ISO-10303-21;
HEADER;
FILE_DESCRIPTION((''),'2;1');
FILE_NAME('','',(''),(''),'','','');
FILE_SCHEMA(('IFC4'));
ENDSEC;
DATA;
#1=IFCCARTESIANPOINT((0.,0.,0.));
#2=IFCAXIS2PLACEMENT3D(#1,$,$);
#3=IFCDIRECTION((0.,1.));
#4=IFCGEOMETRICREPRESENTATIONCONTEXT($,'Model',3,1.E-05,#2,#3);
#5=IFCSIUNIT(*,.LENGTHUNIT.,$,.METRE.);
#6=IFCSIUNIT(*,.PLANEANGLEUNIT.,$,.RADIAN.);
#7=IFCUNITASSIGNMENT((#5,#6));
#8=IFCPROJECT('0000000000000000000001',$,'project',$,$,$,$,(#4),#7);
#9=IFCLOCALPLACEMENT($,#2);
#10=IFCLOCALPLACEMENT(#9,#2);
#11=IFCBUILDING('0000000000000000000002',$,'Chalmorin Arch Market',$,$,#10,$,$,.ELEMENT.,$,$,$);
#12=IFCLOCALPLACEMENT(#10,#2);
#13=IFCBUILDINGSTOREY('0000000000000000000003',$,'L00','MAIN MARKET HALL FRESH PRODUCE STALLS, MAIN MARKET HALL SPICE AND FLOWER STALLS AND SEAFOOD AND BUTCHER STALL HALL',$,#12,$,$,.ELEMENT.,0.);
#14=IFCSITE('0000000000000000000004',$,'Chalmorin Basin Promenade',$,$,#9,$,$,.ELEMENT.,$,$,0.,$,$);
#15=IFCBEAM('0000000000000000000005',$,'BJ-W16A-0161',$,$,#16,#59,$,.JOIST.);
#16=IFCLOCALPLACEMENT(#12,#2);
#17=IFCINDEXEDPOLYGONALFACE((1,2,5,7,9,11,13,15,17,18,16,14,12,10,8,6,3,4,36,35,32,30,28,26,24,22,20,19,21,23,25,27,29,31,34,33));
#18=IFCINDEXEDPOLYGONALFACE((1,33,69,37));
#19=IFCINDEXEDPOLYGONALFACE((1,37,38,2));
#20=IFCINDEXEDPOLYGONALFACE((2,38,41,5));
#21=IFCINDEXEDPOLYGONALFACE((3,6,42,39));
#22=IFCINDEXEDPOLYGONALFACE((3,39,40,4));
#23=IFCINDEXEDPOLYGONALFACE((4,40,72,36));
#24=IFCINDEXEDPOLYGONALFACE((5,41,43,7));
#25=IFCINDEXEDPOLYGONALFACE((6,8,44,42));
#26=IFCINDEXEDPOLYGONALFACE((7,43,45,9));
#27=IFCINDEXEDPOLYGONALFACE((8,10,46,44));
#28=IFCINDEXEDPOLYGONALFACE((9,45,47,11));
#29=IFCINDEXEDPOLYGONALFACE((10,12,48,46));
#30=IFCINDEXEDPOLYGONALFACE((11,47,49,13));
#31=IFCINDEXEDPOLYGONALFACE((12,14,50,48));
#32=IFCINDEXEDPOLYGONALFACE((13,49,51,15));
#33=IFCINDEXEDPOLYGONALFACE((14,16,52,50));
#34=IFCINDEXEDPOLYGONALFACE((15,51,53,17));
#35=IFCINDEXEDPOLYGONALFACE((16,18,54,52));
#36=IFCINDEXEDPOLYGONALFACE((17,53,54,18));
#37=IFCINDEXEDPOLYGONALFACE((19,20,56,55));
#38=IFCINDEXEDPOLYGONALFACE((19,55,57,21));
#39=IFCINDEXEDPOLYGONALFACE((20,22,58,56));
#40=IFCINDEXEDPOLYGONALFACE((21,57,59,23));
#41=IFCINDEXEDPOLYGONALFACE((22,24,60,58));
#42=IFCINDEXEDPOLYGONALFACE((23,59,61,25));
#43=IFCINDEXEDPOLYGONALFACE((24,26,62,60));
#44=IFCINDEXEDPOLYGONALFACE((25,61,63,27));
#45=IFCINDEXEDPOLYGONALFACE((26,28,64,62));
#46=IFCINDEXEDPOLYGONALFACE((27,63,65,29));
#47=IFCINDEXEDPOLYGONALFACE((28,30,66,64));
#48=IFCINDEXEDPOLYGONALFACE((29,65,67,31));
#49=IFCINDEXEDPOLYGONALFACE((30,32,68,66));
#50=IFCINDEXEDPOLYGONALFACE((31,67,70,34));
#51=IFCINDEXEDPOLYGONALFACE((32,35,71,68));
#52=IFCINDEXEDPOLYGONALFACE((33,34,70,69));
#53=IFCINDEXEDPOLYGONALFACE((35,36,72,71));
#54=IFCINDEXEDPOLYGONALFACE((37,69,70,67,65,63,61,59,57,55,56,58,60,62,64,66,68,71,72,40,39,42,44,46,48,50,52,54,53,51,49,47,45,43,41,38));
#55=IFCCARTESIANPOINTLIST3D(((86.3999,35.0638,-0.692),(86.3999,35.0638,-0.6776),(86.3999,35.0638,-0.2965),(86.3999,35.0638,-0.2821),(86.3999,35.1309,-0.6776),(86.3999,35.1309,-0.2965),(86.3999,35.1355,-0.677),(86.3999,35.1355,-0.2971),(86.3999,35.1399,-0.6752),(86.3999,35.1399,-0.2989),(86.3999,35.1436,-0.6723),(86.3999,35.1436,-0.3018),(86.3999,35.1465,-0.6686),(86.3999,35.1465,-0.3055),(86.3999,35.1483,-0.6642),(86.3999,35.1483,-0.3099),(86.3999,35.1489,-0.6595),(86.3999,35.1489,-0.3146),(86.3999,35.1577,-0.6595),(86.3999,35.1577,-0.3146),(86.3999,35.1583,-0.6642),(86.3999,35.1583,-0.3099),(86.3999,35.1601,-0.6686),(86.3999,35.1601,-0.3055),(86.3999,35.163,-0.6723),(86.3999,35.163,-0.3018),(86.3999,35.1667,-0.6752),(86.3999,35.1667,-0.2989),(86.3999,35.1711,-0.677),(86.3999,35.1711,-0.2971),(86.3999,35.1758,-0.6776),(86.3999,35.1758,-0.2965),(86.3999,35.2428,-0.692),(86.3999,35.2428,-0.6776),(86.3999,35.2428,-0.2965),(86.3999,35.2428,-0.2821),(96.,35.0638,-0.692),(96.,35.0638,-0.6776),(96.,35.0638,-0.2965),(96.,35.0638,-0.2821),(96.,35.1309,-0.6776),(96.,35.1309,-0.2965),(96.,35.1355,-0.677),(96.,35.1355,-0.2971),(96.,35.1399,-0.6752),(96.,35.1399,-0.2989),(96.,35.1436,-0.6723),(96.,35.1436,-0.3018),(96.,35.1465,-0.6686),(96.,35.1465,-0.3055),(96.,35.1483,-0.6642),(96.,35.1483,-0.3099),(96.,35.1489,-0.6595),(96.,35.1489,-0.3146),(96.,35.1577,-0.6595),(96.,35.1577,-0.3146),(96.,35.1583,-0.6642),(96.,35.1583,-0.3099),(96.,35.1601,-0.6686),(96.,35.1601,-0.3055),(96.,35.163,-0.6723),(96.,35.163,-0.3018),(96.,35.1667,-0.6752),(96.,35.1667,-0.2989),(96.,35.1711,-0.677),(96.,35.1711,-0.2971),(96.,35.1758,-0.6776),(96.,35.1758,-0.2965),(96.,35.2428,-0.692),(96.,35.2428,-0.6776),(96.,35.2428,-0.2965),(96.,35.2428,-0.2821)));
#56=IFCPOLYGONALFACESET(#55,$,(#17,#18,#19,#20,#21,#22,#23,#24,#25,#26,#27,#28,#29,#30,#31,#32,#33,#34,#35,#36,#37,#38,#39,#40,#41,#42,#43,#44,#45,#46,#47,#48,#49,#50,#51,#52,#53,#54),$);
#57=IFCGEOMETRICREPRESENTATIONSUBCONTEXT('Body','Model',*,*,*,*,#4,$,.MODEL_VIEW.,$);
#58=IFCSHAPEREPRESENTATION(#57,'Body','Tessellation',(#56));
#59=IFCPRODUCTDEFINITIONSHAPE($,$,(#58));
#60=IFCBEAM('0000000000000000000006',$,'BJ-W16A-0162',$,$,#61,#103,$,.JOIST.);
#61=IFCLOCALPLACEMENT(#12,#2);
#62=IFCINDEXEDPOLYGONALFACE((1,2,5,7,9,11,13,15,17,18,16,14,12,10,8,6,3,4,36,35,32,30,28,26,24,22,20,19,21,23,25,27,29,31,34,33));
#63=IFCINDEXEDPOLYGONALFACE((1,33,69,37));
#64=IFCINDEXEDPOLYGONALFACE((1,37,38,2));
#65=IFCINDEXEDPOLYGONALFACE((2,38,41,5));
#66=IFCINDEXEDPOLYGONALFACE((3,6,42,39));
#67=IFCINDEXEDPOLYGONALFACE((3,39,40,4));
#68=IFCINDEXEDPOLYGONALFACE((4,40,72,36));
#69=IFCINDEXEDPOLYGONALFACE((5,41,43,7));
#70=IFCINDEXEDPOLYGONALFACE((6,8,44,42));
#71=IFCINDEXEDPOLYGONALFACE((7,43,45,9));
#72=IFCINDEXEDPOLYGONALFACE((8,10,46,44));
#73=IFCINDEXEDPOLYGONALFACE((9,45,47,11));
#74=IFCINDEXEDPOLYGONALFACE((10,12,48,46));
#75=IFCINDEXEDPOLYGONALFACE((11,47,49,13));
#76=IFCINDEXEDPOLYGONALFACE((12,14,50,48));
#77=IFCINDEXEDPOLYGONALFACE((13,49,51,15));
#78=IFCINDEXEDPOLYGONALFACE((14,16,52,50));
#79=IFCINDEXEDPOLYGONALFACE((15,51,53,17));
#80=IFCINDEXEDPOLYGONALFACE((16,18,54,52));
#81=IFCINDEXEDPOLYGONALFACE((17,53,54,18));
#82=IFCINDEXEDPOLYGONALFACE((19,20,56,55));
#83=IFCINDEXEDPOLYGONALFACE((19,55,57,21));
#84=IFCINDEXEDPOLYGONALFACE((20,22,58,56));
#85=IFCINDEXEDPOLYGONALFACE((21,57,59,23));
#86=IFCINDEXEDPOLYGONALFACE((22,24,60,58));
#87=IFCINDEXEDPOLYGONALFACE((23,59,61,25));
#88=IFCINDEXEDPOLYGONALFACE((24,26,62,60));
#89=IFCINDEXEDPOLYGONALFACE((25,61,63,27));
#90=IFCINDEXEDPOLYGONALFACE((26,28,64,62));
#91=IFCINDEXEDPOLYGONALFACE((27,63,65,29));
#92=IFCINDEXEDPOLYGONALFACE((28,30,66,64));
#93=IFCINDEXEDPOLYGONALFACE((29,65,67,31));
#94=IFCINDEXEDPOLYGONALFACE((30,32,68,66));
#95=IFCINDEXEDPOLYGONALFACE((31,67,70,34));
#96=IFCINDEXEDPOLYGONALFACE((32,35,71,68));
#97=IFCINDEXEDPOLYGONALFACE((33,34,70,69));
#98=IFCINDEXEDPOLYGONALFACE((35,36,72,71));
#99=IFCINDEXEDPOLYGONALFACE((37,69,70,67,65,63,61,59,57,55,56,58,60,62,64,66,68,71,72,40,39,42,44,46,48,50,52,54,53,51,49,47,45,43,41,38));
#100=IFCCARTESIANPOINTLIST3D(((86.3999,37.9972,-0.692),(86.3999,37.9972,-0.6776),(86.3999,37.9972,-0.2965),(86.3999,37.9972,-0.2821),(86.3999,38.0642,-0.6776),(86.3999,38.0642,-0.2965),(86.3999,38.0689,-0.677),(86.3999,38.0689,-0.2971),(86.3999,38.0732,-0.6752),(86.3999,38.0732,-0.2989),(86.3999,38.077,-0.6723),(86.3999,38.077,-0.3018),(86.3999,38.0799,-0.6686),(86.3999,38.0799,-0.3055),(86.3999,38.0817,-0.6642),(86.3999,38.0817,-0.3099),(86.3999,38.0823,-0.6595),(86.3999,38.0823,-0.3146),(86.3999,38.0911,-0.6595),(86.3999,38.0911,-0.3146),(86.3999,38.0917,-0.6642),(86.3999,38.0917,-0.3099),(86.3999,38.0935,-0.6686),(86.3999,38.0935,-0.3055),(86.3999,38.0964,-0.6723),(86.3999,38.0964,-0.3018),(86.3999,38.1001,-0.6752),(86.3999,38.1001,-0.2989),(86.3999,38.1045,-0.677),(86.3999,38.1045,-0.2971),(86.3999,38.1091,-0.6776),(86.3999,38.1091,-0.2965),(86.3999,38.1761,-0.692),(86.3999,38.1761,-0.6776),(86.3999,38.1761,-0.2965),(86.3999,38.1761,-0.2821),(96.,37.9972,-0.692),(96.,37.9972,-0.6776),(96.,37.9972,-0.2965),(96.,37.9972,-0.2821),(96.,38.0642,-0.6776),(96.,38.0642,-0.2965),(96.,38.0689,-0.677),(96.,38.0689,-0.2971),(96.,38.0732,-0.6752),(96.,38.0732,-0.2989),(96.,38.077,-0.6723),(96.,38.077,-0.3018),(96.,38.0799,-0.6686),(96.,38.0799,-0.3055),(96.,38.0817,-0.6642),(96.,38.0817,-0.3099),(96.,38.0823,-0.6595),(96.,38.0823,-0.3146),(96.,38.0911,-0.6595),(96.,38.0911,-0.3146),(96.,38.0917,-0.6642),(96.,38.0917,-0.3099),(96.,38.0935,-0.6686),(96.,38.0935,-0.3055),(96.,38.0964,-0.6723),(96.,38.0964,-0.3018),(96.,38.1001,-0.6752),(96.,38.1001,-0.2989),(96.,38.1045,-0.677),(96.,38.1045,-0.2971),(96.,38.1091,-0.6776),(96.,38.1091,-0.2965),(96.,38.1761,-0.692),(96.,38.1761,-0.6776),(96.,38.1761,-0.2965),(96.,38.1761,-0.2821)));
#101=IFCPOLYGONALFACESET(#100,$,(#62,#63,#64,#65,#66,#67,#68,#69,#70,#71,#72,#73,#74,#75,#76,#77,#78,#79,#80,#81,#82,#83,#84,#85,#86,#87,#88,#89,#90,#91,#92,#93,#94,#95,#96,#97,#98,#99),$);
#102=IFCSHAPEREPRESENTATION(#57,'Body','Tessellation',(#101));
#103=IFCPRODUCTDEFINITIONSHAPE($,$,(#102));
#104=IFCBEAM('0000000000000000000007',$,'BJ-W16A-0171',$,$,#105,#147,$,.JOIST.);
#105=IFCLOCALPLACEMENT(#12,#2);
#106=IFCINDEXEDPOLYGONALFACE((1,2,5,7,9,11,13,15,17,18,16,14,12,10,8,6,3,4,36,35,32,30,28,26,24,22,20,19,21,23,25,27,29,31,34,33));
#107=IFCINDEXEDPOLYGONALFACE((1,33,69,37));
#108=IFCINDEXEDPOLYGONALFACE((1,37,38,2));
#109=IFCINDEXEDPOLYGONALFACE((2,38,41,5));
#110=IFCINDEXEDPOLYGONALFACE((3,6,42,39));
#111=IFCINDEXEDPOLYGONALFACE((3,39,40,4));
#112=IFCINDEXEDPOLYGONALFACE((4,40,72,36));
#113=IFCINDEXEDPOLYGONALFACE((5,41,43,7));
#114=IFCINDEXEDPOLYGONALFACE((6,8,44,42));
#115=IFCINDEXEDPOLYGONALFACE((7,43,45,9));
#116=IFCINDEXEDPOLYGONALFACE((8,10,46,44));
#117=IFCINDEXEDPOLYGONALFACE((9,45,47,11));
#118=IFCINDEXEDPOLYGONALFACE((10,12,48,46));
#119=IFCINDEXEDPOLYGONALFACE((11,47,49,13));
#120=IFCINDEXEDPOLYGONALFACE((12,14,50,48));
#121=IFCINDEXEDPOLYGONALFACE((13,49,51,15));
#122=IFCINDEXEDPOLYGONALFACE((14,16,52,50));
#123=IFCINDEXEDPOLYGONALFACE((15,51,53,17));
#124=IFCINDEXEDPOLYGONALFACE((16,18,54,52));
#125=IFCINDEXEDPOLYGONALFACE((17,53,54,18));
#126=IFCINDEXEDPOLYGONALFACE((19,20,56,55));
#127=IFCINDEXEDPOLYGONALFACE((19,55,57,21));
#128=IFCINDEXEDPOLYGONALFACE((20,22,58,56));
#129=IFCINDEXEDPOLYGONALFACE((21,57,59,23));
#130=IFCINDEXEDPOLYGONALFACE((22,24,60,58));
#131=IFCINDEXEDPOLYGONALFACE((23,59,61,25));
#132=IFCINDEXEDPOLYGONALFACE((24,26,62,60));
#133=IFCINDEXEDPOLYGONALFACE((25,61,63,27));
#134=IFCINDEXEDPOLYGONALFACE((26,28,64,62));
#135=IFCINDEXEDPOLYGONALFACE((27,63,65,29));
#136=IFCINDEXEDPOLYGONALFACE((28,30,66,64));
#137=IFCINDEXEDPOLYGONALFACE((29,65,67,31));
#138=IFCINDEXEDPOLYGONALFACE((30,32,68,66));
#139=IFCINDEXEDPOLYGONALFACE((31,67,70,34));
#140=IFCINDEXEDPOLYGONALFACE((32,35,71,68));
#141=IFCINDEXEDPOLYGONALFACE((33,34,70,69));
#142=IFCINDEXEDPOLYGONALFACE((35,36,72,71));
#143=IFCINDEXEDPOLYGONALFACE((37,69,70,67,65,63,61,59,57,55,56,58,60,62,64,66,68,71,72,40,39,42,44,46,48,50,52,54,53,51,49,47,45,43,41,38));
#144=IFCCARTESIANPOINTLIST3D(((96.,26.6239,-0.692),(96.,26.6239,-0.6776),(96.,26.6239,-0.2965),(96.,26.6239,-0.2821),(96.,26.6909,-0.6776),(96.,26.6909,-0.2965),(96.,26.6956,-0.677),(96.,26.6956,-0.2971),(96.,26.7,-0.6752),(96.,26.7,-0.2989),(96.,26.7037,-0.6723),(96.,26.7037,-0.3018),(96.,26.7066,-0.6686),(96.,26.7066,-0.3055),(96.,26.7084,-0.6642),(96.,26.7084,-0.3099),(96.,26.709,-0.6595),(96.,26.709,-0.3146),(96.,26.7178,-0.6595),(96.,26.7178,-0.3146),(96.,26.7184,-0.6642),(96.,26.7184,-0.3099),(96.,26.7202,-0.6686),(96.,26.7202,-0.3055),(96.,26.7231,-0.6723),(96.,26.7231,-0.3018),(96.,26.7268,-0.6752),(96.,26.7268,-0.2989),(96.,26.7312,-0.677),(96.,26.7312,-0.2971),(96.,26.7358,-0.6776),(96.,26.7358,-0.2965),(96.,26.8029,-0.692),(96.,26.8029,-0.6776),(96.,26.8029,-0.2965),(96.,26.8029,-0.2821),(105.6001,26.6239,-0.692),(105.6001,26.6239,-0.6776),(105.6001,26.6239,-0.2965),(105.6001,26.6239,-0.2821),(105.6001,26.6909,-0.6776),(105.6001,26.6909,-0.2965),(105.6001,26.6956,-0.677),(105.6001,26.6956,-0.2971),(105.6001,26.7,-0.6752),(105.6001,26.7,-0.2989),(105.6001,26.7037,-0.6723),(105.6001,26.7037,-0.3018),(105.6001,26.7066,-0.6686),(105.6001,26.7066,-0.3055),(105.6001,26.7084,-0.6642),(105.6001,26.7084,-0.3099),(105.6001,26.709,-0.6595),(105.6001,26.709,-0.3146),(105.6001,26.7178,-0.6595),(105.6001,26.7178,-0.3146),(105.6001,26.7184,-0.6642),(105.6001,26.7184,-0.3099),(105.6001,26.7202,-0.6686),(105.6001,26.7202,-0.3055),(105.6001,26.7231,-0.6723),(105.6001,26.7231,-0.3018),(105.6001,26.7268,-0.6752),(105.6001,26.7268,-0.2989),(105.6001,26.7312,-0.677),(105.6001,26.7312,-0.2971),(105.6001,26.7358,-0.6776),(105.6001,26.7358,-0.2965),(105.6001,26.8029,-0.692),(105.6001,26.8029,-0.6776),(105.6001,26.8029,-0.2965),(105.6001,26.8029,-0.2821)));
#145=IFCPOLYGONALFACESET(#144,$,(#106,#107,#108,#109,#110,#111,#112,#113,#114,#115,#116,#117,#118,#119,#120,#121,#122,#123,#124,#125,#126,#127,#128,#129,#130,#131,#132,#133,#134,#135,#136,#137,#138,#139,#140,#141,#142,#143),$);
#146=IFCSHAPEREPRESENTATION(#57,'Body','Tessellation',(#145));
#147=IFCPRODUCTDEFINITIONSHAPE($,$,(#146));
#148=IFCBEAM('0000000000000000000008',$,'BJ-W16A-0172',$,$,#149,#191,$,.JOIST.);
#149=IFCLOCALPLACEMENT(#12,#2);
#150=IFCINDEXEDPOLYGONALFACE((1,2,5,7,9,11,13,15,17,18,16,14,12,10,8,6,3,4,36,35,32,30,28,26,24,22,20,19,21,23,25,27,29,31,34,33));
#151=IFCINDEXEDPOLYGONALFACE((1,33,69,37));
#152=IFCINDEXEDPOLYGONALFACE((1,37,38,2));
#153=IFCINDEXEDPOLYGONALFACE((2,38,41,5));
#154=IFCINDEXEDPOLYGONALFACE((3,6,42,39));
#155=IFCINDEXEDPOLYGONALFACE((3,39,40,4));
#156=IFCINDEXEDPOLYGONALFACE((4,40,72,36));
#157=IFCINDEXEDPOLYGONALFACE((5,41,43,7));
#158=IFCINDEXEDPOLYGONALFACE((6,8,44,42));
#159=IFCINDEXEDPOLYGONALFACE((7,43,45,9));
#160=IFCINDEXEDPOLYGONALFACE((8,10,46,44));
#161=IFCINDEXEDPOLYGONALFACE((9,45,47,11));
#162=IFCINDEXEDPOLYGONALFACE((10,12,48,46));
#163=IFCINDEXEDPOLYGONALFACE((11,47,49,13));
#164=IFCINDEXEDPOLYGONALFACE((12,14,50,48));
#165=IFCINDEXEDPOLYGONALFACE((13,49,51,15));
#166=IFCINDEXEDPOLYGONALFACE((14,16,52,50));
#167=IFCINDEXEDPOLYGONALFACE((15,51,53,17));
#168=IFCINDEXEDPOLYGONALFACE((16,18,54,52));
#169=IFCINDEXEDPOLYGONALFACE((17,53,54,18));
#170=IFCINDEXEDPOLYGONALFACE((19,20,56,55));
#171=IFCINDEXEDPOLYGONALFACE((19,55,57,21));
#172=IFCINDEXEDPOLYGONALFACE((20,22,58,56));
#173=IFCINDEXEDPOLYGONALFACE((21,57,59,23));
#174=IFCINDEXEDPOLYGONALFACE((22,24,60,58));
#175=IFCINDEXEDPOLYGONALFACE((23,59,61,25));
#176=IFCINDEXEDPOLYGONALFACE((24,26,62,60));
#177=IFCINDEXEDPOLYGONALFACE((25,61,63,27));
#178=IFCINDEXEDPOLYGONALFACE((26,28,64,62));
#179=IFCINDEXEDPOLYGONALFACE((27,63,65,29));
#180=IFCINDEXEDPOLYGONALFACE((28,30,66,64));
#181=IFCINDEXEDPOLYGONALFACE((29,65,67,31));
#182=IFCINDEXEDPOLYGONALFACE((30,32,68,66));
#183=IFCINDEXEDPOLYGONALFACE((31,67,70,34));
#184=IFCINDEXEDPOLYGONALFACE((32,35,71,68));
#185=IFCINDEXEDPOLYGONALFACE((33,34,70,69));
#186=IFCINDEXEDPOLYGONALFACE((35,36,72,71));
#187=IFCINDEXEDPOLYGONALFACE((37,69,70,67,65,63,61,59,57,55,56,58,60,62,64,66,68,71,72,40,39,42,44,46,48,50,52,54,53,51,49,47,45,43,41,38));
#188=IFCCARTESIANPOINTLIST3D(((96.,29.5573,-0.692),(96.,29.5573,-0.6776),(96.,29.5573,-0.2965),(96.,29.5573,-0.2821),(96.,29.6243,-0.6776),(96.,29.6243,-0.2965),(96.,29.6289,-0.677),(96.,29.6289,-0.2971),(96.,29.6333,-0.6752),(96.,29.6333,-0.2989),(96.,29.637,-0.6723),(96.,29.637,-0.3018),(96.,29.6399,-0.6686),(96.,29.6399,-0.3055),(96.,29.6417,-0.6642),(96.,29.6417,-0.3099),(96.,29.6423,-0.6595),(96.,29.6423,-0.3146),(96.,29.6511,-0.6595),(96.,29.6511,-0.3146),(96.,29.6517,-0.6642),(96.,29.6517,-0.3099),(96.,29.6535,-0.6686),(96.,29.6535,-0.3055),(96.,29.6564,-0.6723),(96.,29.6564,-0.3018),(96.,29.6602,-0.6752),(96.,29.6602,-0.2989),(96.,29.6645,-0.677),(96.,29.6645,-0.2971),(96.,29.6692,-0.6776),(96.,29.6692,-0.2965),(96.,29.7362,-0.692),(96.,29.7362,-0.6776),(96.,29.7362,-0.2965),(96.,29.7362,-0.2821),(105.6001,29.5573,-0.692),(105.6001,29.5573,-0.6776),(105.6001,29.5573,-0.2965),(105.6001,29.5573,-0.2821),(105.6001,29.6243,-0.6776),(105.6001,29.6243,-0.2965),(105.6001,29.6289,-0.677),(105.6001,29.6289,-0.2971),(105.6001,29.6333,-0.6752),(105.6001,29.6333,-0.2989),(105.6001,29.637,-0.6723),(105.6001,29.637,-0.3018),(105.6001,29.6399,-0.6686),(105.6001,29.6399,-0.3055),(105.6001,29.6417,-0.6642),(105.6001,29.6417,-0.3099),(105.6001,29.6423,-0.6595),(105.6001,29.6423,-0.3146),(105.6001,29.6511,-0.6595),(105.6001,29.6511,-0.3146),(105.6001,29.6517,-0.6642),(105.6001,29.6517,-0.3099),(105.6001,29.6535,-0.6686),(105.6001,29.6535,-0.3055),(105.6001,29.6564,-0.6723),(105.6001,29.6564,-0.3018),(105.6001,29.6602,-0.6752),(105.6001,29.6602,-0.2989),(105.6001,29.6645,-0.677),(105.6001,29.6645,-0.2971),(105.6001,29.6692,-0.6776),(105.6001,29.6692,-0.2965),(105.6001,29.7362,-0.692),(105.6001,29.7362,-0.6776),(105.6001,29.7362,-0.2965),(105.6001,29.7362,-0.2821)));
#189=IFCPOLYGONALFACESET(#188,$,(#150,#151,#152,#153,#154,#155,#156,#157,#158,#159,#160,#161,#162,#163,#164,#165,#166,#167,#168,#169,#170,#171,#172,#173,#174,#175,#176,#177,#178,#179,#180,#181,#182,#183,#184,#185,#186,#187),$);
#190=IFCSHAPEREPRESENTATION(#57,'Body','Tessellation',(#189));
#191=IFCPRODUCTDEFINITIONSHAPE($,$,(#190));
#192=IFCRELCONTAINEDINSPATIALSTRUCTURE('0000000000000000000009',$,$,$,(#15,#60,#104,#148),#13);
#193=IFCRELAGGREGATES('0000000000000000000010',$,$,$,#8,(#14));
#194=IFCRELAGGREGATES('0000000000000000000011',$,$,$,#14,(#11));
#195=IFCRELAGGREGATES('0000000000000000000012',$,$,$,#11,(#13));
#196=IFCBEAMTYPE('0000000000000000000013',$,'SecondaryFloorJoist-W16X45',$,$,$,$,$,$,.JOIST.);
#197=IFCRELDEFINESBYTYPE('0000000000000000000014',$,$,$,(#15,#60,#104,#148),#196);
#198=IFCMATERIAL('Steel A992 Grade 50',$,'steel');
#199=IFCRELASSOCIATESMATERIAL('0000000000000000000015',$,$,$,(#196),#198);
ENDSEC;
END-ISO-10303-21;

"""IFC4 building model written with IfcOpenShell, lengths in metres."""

from ifc_helpers import new_model, si_unit, direction, frame, origin, origin_2d, place, context, subcontext, project, spatial, i_section, extrude, material, material_profile, profile_set, type_object, element, save


model = new_model("IFC4")

# Units and contexts
model_context = context("Model", 3, precision=1e-05, world=origin(), true_north=direction((0.0, 1.0)))
body_context = subcontext(model_context, "Body", "Model", "MODEL_VIEW")
ifc_project = project(units=[si_unit("LENGTHUNIT", "METRE"), si_unit("PLANEANGLEUNIT", "RADIAN")], contexts=[model_context])

# Site, building, storey
site_placement = place(None, origin())
site = spatial("IfcSite", under=ifc_project, at=site_placement, Name="Chalmorin Basin Promenade", CompositionType="ELEMENT", RefElevation=0.0)
building_placement = place(site_placement, origin())
building = spatial("IfcBuilding", under=site, at=building_placement, Name="Chalmorin Arch Market", CompositionType="ELEMENT")
storey_placement = place(building_placement, origin())
storey = spatial("IfcBuildingStorey", under=building, at=storey_placement, Name="L00", Description="MAIN MARKET HALL FRESH PRODUCE STALLS, MAIN MARKET HALL SPICE AND FLOWER STALLS AND SEAFOOD AND BUTCHER STALL HALL", CompositionType="ELEMENT", Elevation=0.0)

# Beams
ifc_material_1 = material(Name="Steel A992 Grade 50", Category="steel")
ifc_material_profile_1 = material_profile(ifc_material_1, i_section(OverallWidth=0.179, OverallDepth=0.4099, WebThickness=0.0088, FlangeThickness=0.0144, FilletRadius=0.0181, at=origin_2d()), Name="W16X45")
ifc_profile_set_1 = profile_set([ifc_material_profile_1], Name="Steel A992 Grade 50")
beam_type_1 = type_object("IfcBeamType", Name="SecondaryFloorJoist-W16X45", PredefinedType="JOIST", material=ifc_profile_set_1)
for number, where, z_axis, x_axis, name in (
    (1, (86.3999, 35.1533, -0.4871), (1.0, 0.0, 0.0), (0.0, 1.0, 0.0), "BJ-W16A-0161"),
    (2, (86.3999, 38.0867, -0.4871), (1.0, 0.0, 0.0), (0.0, 1.0, 0.0), "BJ-W16A-0162"),
    (3, (96.0, 26.7134, -0.4871), (1.0, 0.0, 0.0), (0.0, 1.0, 0.0), "BJ-W16A-0171"),
    (4, (96.0, 29.6467, -0.4871), (1.0, 0.0, 0.0), (0.0, 1.0, 0.0), "BJ-W16A-0172"),
):
    element("IfcBeam", number, at=place(storey_placement, frame(where, z_axis=z_axis, x_axis=x_axis)), inside=storey, type_object=beam_type_1, Name=name, PredefinedType="JOIST", context=body_context, shape_type="SweptSolid", body=[
        extrude(i_section(OverallWidth=0.179, OverallDepth=0.4099, WebThickness=0.0088, FlangeThickness=0.0144, FilletRadius=0.0181, at=origin_2d()), origin(), (0.0, 0.0, 1.0), 9.6001),
    ])

save(model, "model.ifc")
